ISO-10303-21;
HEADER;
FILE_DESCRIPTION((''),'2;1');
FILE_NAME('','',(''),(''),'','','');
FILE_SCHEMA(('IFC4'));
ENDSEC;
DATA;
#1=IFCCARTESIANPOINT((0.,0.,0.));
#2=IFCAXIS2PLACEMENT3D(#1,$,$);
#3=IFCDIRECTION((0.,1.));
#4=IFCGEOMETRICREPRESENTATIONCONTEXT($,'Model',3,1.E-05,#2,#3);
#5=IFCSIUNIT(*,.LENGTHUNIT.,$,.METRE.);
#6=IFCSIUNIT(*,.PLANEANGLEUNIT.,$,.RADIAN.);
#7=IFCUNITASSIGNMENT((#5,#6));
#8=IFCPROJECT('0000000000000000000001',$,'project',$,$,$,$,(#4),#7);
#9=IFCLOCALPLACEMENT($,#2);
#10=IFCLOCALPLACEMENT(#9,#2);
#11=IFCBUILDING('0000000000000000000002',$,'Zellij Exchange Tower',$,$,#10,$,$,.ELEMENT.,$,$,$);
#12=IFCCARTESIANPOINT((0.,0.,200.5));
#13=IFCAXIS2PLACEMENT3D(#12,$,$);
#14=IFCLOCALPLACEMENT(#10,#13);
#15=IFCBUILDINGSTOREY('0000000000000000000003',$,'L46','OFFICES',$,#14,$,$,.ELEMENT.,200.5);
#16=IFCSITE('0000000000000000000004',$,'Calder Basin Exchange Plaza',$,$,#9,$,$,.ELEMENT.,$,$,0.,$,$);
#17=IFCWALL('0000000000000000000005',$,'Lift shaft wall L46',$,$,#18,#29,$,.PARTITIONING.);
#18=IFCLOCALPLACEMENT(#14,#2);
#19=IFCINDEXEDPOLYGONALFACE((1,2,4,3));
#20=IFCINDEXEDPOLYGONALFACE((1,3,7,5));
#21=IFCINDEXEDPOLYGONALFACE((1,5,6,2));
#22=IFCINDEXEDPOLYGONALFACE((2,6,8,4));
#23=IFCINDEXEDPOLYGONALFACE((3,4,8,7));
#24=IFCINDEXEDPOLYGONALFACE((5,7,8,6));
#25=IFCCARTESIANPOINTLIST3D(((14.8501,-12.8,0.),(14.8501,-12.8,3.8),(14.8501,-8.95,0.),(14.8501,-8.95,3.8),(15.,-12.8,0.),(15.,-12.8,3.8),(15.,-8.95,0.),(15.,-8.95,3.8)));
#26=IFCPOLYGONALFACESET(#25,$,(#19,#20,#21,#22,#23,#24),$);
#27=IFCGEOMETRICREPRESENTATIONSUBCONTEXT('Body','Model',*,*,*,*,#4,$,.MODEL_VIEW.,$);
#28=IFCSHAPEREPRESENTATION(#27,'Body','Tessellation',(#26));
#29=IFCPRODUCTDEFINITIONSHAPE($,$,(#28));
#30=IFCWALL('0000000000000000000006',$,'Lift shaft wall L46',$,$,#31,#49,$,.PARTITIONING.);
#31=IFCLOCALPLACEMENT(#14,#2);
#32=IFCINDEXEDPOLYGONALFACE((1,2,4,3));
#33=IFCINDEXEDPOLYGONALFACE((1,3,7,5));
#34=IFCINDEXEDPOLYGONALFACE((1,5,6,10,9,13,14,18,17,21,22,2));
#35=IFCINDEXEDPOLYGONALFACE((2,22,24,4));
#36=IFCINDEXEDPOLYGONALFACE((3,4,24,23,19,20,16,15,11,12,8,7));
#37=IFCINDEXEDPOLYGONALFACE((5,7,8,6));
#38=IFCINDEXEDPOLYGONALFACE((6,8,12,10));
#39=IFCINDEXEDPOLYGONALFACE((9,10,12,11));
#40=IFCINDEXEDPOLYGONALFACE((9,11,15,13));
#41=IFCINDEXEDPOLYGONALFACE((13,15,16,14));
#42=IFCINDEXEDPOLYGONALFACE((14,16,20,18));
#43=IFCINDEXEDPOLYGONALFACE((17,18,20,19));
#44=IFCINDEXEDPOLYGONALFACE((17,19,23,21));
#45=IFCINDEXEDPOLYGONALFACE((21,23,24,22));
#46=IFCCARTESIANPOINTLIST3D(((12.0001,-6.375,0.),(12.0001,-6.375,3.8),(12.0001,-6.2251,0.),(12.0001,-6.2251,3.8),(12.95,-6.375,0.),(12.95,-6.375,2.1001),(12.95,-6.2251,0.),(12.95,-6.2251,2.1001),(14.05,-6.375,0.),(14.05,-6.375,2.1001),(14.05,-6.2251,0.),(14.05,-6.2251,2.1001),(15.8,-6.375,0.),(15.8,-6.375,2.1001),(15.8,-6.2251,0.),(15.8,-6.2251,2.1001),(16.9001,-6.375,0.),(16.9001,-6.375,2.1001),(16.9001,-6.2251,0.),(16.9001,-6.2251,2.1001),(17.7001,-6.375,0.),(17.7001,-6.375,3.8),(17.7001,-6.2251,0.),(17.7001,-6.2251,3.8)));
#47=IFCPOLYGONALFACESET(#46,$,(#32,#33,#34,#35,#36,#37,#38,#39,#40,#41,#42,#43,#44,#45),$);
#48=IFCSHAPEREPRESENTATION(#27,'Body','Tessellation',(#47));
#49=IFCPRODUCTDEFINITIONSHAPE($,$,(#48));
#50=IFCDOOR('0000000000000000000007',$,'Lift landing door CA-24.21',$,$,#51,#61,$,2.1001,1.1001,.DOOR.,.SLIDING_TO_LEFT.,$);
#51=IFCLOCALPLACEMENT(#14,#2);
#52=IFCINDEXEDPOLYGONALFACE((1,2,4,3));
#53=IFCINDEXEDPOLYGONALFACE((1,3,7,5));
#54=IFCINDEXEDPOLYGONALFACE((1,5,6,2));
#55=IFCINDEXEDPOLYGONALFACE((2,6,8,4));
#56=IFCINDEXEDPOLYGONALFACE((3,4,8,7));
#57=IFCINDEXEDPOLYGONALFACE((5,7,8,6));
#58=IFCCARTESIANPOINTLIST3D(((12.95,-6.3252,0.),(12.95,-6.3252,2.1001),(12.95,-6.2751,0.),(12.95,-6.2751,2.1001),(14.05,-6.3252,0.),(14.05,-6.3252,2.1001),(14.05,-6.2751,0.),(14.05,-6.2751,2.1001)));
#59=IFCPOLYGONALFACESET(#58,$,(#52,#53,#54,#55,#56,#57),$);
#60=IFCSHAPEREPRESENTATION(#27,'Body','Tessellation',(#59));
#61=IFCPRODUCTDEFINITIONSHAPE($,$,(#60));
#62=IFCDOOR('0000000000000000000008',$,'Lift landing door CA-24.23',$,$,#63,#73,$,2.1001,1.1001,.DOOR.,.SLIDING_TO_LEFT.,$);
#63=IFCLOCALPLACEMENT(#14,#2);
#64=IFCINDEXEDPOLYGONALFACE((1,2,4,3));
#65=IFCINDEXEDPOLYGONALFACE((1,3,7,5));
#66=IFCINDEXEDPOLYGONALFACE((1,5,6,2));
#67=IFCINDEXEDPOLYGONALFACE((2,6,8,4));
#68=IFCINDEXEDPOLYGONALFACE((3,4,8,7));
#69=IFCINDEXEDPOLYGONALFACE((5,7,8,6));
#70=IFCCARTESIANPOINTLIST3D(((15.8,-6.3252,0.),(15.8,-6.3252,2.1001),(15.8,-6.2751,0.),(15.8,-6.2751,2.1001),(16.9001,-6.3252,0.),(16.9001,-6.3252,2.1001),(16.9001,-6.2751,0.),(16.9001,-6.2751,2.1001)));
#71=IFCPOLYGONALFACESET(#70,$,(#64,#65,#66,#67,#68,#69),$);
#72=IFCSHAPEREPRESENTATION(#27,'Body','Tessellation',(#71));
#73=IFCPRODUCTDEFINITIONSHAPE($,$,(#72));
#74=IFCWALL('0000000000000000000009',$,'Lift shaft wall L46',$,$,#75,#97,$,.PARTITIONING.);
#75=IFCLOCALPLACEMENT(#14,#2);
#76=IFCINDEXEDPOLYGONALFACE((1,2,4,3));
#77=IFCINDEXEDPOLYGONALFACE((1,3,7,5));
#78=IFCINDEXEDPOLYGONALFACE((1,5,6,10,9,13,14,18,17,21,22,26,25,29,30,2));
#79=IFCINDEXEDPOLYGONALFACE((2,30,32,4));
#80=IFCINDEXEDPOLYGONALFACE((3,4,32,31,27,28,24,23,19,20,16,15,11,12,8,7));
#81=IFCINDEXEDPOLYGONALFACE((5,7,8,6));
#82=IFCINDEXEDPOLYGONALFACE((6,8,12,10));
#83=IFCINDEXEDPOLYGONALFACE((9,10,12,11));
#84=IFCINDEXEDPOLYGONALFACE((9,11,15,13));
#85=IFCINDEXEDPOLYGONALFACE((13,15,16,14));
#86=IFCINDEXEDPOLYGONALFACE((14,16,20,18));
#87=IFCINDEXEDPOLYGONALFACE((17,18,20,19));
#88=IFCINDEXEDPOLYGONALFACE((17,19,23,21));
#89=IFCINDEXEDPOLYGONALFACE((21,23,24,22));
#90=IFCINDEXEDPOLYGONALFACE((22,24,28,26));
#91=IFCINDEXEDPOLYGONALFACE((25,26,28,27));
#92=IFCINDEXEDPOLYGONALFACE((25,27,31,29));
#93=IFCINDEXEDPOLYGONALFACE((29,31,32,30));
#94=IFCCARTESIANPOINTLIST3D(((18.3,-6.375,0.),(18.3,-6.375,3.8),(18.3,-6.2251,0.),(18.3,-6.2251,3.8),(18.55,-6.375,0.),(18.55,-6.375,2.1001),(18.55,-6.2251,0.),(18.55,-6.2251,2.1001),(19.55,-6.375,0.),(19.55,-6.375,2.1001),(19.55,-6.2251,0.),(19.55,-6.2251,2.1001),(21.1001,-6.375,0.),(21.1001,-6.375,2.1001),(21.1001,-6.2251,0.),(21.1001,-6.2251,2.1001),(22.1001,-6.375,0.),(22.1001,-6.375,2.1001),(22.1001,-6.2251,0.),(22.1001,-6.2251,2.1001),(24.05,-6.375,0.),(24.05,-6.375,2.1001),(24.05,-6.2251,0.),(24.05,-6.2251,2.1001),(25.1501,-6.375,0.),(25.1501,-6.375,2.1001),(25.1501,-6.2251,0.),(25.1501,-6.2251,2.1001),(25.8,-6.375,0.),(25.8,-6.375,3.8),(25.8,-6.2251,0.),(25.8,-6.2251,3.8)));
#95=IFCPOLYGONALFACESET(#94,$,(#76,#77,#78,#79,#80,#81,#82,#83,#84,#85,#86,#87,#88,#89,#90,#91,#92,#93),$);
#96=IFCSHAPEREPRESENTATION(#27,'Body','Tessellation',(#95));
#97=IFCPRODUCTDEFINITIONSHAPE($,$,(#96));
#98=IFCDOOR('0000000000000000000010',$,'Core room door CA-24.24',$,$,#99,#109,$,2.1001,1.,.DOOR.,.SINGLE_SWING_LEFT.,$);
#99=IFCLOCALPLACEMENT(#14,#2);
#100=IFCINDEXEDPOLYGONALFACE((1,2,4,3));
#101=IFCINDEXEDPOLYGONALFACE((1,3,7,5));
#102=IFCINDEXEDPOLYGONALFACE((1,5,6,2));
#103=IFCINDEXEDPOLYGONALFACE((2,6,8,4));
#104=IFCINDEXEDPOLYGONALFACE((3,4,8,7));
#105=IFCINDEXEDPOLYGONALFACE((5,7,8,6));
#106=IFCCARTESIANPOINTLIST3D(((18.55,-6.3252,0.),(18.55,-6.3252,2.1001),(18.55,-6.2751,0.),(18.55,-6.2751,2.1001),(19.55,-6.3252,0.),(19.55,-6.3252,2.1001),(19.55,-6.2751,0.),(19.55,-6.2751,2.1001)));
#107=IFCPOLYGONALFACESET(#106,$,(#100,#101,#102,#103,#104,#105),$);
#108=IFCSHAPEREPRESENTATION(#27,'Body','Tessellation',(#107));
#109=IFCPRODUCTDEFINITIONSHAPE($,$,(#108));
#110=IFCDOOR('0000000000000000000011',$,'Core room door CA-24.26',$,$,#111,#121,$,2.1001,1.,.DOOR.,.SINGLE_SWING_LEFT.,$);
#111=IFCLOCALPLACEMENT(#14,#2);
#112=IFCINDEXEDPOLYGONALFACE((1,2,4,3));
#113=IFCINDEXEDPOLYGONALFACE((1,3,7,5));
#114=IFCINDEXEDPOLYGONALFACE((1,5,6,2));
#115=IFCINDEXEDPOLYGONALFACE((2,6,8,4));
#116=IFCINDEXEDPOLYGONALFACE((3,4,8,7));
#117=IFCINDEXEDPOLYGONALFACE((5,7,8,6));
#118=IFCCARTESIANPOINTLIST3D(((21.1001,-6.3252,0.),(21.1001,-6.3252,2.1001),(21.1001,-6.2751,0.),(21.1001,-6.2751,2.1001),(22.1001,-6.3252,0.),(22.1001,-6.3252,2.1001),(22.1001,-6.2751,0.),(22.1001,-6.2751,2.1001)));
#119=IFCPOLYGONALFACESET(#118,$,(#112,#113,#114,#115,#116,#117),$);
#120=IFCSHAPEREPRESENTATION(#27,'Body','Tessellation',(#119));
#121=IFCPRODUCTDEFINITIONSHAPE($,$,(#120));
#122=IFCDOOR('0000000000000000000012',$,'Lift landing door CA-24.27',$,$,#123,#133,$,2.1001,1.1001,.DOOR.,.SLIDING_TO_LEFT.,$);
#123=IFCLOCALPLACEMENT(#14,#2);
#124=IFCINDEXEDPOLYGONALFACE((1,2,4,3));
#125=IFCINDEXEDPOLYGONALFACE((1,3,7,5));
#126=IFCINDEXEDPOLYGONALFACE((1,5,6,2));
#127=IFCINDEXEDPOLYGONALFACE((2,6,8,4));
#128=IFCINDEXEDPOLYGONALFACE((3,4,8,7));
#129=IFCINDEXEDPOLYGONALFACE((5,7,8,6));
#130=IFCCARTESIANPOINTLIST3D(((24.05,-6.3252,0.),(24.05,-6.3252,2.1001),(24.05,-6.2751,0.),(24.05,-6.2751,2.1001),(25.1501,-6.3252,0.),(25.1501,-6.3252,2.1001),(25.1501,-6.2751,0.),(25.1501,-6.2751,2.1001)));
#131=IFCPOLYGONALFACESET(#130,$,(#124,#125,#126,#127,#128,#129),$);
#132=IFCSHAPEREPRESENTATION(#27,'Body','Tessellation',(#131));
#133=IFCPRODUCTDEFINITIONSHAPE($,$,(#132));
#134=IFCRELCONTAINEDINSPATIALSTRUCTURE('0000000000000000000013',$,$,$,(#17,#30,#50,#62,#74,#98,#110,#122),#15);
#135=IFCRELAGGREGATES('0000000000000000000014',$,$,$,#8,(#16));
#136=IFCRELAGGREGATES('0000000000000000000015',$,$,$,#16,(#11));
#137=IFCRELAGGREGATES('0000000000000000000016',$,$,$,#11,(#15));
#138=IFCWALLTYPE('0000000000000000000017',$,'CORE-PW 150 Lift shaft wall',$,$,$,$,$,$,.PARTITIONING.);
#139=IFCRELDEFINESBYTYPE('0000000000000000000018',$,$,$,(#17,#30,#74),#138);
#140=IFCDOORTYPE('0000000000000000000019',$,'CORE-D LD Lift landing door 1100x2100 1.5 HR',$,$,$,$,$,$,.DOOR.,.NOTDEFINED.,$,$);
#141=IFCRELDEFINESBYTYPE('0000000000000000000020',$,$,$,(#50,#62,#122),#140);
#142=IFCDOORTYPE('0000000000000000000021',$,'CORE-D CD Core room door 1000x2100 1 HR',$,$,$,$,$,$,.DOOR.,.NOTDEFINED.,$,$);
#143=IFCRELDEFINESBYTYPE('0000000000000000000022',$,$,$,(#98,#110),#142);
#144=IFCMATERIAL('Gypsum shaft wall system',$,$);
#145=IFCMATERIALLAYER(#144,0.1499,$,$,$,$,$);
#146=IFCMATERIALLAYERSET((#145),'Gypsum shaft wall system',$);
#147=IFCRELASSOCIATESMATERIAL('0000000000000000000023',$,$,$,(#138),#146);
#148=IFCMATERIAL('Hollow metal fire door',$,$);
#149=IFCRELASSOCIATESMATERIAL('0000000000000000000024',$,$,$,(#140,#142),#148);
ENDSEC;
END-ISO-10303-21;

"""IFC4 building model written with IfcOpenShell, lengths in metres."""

from ifc_helpers import new_model, si_unit, direction, frame, frame_2d, origin, place, context, subcontext, project, spatial, rectangle, extrude, material, layer, layer_set, type_object, element, fill, save


model = new_model("IFC4")

# Units and contexts
model_context = context("Model", 3, precision=1e-05, world=origin(), true_north=direction((0.0, 1.0)))
body_context = subcontext(model_context, "Body", "Model", "MODEL_VIEW")
ifc_project = project(units=[si_unit("LENGTHUNIT", "METRE"), si_unit("PLANEANGLEUNIT", "RADIAN")], contexts=[model_context])

# Site, building, storey
site_placement = place(None, origin())
site = spatial("IfcSite", under=ifc_project, at=site_placement, Name="Calder Basin Exchange Plaza", CompositionType="ELEMENT", RefElevation=0.0)
building_placement = place(site_placement, origin())
building = spatial("IfcBuilding", under=site, at=building_placement, Name="Zellij Exchange Tower", CompositionType="ELEMENT")
storey_placement = place(building_placement, frame((0.0, 0.0, 200.5)))
storey = spatial("IfcBuildingStorey", under=building, at=storey_placement, Name="L46", Description="OFFICES", CompositionType="ELEMENT", Elevation=200.5)

# Shared definitions
ifc_material_1 = material(Name="Hollow metal fire door")

# Wall
ifc_material_2 = material(Name="Gypsum shaft wall system")
ifc_layer_1 = layer(ifc_material_2, 0.1499)
ifc_layer_set_1 = layer_set([ifc_layer_1], Name="Gypsum shaft wall system")
wall_type_1 = type_object("IfcWallType", Name="CORE-PW 150 Lift shaft wall", PredefinedType="PARTITIONING", material=ifc_layer_set_1)
for number, where, z_axis, x_axis, name in (
    (1, (14.925, -12.8, 0.0), (0.0, 0.0, 1.0), (0.0, 1.0, 0.0), "Lift shaft wall L46"),
):
    element("IfcWall", number, at=place(storey_placement, frame(where, z_axis=z_axis, x_axis=x_axis)), inside=storey, type_object=wall_type_1, Name=name, PredefinedType="PARTITIONING", context=body_context, shape_type="SweptSolid", body=[
        extrude(rectangle(XDim=3.8501, YDim=0.1499, at=frame_2d((1.925, 0.0))), origin(), (0.0, 0.0, 1.0), 3.8),
    ])

# Walls, openings, doors
wall_1_placement = place(storey_placement, frame((12.0, -6.3, 0.0), z_axis=(0.0, 0.0, 1.0), x_axis=(1.0, 0.0, 0.0)))
wall_1 = element("IfcWall", 2, at=wall_1_placement, inside=storey, type_object=wall_type_1, Name="Lift shaft wall L46", PredefinedType="PARTITIONING", context=body_context, shape_type="SweptSolid", body=[
    extrude(rectangle(XDim=5.7, YDim=0.1499, at=frame_2d((2.8501, 0.0))), origin(), (0.0, 0.0, 1.0), 3.8),
])
opening_1_placement = place(wall_1_placement, frame((0.95, 0.0, 0.0)))
opening_1 = element("IfcOpeningElement", 3, at=opening_1_placement, cuts=wall_1, PredefinedType="OPENING", context=body_context, shape_type="SweptSolid", body=[
    extrude(rectangle(XDim=1.1001, YDim=2.1001, at=frame_2d((0.55, 1.05))), frame((0.0, 0.0869, 0.0), z_axis=(0.0, -1.0, 0.0), x_axis=(1.0, 0.0, 0.0)), (0.0, 0.0, 1.0), 0.1738),
])
opening_2_placement = place(wall_1_placement, frame((3.8, 0.0, 0.0)))
opening_2 = element("IfcOpeningElement", 4, at=opening_2_placement, cuts=wall_1, PredefinedType="OPENING", context=body_context, shape_type="SweptSolid", body=[
    extrude(rectangle(XDim=1.1001, YDim=2.1001, at=frame_2d((0.55, 1.05))), frame((0.0, 0.0869, 0.0), z_axis=(0.0, -1.0, 0.0), x_axis=(1.0, 0.0, 0.0)), (0.0, 0.0, 1.0), 0.1738),
])
door_type_1 = type_object("IfcDoorType", Name="CORE-D LD Lift landing door 1100x2100 1.5 HR", OperationType="NOTDEFINED", PredefinedType="DOOR", material=ifc_material_1)
door_1_placement = place(opening_1_placement, origin())
door_1 = element("IfcDoor", 5, at=door_1_placement, inside=storey, type_object=door_type_1, Name="Lift landing door CA-24.21", OperationType="SLIDING_TO_LEFT", OverallHeight=2.1001, OverallWidth=1.1001, PredefinedType="DOOR", context=body_context, shape_type="SweptSolid", body=[
    extrude(rectangle(XDim=1.1001, YDim=2.1001, at=frame_2d((0.55, 1.05))), frame((0.0, 0.0249, 0.0), z_axis=(0.0, -1.0, 0.0), x_axis=(1.0, 0.0, 0.0)), (0.0, 0.0, 1.0), 0.05),
])
fill(opening_1, door_1)
door_2_placement = place(opening_2_placement, origin())
door_2 = element("IfcDoor", 6, at=door_2_placement, inside=storey, type_object=door_type_1, Name="Lift landing door CA-24.23", OperationType="SLIDING_TO_LEFT", OverallHeight=2.1001, OverallWidth=1.1001, PredefinedType="DOOR", context=body_context, shape_type="SweptSolid", body=[
    extrude(rectangle(XDim=1.1001, YDim=2.1001, at=frame_2d((0.55, 1.05))), frame((0.0, 0.0249, 0.0), z_axis=(0.0, -1.0, 0.0), x_axis=(1.0, 0.0, 0.0)), (0.0, 0.0, 1.0), 0.05),
])
fill(opening_2, door_2)
wall_2_placement = place(storey_placement, frame((18.3, -6.3, 0.0), z_axis=(0.0, 0.0, 1.0), x_axis=(1.0, 0.0, 0.0)))
wall_2 = element("IfcWall", 7, at=wall_2_placement, inside=storey, type_object=wall_type_1, Name="Lift shaft wall L46", PredefinedType="PARTITIONING", context=body_context, shape_type="SweptSolid", body=[
    extrude(rectangle(XDim=7.5, YDim=0.1499, at=frame_2d((3.75, 0.0))), origin(), (0.0, 0.0, 1.0), 3.8),
])
opening_3_placement = place(wall_2_placement, frame((0.25, 0.0, 0.0)))
opening_3 = element("IfcOpeningElement", 8, at=opening_3_placement, cuts=wall_2, PredefinedType="OPENING", context=body_context, shape_type="SweptSolid", body=[
    extrude(rectangle(XDim=1.0, YDim=2.1001, at=frame_2d((0.5, 1.05))), frame((0.0, 0.0869, 0.0), z_axis=(0.0, -1.0, 0.0), x_axis=(1.0, 0.0, 0.0)), (0.0, 0.0, 1.0), 0.1738),
])
opening_4_placement = place(wall_2_placement, frame((2.8, 0.0, 0.0)))
opening_4 = element("IfcOpeningElement", 9, at=opening_4_placement, cuts=wall_2, PredefinedType="OPENING", context=body_context, shape_type="SweptSolid", body=[
    extrude(rectangle(XDim=1.0, YDim=2.1001, at=frame_2d((0.5, 1.05))), frame((0.0, 0.0869, 0.0), z_axis=(0.0, -1.0, 0.0), x_axis=(1.0, 0.0, 0.0)), (0.0, 0.0, 1.0), 0.1738),
])
opening_5_placement = place(wall_2_placement, frame((5.75, 0.0, 0.0)))
opening_5 = element("IfcOpeningElement", 10, at=opening_5_placement, cuts=wall_2, PredefinedType="OPENING", context=body_context, shape_type="SweptSolid", body=[
    extrude(rectangle(XDim=1.1001, YDim=2.1001, at=frame_2d((0.55, 1.05))), frame((0.0, 0.0869, 0.0), z_axis=(0.0, -1.0, 0.0), x_axis=(1.0, 0.0, 0.0)), (0.0, 0.0, 1.0), 0.1738),
])
door_type_2 = type_object("IfcDoorType", Name="CORE-D CD Core room door 1000x2100 1 HR", OperationType="NOTDEFINED", PredefinedType="DOOR", material=ifc_material_1)
door_3_placement = place(opening_3_placement, origin())
door_3 = element("IfcDoor", 11, at=door_3_placement, inside=storey, type_object=door_type_2, Name="Core room door CA-24.24", OperationType="SINGLE_SWING_LEFT", OverallHeight=2.1001, OverallWidth=1.0, PredefinedType="DOOR", context=body_context, shape_type="SweptSolid", body=[
    extrude(rectangle(XDim=1.0, YDim=2.1001, at=frame_2d((0.5, 1.05))), frame((0.0, 0.0249, 0.0), z_axis=(0.0, -1.0, 0.0), x_axis=(1.0, 0.0, 0.0)), (0.0, 0.0, 1.0), 0.05),
])
fill(opening_3, door_3)
door_4_placement = place(opening_4_placement, origin())
door_4 = element("IfcDoor", 12, at=door_4_placement, inside=storey, type_object=door_type_2, Name="Core room door CA-24.26", OperationType="SINGLE_SWING_LEFT", OverallHeight=2.1001, OverallWidth=1.0, PredefinedType="DOOR", context=body_context, shape_type="SweptSolid", body=[
    extrude(rectangle(XDim=1.0, YDim=2.1001, at=frame_2d((0.5, 1.05))), frame((0.0, 0.0249, 0.0), z_axis=(0.0, -1.0, 0.0), x_axis=(1.0, 0.0, 0.0)), (0.0, 0.0, 1.0), 0.05),
])
fill(opening_4, door_4)
door_5_placement = place(opening_5_placement, origin())
door_5 = element("IfcDoor", 13, at=door_5_placement, inside=storey, type_object=door_type_1, Name="Lift landing door CA-24.27", OperationType="SLIDING_TO_LEFT", OverallHeight=2.1001, OverallWidth=1.1001, PredefinedType="DOOR", context=body_context, shape_type="SweptSolid", body=[
    extrude(rectangle(XDim=1.1001, YDim=2.1001, at=frame_2d((0.55, 1.05))), frame((0.0, 0.0249, 0.0), z_axis=(0.0, -1.0, 0.0), x_axis=(1.0, 0.0, 0.0)), (0.0, 0.0, 1.0), 0.05),
])
fill(opening_5, door_5)

save(model, "model.ifc")
